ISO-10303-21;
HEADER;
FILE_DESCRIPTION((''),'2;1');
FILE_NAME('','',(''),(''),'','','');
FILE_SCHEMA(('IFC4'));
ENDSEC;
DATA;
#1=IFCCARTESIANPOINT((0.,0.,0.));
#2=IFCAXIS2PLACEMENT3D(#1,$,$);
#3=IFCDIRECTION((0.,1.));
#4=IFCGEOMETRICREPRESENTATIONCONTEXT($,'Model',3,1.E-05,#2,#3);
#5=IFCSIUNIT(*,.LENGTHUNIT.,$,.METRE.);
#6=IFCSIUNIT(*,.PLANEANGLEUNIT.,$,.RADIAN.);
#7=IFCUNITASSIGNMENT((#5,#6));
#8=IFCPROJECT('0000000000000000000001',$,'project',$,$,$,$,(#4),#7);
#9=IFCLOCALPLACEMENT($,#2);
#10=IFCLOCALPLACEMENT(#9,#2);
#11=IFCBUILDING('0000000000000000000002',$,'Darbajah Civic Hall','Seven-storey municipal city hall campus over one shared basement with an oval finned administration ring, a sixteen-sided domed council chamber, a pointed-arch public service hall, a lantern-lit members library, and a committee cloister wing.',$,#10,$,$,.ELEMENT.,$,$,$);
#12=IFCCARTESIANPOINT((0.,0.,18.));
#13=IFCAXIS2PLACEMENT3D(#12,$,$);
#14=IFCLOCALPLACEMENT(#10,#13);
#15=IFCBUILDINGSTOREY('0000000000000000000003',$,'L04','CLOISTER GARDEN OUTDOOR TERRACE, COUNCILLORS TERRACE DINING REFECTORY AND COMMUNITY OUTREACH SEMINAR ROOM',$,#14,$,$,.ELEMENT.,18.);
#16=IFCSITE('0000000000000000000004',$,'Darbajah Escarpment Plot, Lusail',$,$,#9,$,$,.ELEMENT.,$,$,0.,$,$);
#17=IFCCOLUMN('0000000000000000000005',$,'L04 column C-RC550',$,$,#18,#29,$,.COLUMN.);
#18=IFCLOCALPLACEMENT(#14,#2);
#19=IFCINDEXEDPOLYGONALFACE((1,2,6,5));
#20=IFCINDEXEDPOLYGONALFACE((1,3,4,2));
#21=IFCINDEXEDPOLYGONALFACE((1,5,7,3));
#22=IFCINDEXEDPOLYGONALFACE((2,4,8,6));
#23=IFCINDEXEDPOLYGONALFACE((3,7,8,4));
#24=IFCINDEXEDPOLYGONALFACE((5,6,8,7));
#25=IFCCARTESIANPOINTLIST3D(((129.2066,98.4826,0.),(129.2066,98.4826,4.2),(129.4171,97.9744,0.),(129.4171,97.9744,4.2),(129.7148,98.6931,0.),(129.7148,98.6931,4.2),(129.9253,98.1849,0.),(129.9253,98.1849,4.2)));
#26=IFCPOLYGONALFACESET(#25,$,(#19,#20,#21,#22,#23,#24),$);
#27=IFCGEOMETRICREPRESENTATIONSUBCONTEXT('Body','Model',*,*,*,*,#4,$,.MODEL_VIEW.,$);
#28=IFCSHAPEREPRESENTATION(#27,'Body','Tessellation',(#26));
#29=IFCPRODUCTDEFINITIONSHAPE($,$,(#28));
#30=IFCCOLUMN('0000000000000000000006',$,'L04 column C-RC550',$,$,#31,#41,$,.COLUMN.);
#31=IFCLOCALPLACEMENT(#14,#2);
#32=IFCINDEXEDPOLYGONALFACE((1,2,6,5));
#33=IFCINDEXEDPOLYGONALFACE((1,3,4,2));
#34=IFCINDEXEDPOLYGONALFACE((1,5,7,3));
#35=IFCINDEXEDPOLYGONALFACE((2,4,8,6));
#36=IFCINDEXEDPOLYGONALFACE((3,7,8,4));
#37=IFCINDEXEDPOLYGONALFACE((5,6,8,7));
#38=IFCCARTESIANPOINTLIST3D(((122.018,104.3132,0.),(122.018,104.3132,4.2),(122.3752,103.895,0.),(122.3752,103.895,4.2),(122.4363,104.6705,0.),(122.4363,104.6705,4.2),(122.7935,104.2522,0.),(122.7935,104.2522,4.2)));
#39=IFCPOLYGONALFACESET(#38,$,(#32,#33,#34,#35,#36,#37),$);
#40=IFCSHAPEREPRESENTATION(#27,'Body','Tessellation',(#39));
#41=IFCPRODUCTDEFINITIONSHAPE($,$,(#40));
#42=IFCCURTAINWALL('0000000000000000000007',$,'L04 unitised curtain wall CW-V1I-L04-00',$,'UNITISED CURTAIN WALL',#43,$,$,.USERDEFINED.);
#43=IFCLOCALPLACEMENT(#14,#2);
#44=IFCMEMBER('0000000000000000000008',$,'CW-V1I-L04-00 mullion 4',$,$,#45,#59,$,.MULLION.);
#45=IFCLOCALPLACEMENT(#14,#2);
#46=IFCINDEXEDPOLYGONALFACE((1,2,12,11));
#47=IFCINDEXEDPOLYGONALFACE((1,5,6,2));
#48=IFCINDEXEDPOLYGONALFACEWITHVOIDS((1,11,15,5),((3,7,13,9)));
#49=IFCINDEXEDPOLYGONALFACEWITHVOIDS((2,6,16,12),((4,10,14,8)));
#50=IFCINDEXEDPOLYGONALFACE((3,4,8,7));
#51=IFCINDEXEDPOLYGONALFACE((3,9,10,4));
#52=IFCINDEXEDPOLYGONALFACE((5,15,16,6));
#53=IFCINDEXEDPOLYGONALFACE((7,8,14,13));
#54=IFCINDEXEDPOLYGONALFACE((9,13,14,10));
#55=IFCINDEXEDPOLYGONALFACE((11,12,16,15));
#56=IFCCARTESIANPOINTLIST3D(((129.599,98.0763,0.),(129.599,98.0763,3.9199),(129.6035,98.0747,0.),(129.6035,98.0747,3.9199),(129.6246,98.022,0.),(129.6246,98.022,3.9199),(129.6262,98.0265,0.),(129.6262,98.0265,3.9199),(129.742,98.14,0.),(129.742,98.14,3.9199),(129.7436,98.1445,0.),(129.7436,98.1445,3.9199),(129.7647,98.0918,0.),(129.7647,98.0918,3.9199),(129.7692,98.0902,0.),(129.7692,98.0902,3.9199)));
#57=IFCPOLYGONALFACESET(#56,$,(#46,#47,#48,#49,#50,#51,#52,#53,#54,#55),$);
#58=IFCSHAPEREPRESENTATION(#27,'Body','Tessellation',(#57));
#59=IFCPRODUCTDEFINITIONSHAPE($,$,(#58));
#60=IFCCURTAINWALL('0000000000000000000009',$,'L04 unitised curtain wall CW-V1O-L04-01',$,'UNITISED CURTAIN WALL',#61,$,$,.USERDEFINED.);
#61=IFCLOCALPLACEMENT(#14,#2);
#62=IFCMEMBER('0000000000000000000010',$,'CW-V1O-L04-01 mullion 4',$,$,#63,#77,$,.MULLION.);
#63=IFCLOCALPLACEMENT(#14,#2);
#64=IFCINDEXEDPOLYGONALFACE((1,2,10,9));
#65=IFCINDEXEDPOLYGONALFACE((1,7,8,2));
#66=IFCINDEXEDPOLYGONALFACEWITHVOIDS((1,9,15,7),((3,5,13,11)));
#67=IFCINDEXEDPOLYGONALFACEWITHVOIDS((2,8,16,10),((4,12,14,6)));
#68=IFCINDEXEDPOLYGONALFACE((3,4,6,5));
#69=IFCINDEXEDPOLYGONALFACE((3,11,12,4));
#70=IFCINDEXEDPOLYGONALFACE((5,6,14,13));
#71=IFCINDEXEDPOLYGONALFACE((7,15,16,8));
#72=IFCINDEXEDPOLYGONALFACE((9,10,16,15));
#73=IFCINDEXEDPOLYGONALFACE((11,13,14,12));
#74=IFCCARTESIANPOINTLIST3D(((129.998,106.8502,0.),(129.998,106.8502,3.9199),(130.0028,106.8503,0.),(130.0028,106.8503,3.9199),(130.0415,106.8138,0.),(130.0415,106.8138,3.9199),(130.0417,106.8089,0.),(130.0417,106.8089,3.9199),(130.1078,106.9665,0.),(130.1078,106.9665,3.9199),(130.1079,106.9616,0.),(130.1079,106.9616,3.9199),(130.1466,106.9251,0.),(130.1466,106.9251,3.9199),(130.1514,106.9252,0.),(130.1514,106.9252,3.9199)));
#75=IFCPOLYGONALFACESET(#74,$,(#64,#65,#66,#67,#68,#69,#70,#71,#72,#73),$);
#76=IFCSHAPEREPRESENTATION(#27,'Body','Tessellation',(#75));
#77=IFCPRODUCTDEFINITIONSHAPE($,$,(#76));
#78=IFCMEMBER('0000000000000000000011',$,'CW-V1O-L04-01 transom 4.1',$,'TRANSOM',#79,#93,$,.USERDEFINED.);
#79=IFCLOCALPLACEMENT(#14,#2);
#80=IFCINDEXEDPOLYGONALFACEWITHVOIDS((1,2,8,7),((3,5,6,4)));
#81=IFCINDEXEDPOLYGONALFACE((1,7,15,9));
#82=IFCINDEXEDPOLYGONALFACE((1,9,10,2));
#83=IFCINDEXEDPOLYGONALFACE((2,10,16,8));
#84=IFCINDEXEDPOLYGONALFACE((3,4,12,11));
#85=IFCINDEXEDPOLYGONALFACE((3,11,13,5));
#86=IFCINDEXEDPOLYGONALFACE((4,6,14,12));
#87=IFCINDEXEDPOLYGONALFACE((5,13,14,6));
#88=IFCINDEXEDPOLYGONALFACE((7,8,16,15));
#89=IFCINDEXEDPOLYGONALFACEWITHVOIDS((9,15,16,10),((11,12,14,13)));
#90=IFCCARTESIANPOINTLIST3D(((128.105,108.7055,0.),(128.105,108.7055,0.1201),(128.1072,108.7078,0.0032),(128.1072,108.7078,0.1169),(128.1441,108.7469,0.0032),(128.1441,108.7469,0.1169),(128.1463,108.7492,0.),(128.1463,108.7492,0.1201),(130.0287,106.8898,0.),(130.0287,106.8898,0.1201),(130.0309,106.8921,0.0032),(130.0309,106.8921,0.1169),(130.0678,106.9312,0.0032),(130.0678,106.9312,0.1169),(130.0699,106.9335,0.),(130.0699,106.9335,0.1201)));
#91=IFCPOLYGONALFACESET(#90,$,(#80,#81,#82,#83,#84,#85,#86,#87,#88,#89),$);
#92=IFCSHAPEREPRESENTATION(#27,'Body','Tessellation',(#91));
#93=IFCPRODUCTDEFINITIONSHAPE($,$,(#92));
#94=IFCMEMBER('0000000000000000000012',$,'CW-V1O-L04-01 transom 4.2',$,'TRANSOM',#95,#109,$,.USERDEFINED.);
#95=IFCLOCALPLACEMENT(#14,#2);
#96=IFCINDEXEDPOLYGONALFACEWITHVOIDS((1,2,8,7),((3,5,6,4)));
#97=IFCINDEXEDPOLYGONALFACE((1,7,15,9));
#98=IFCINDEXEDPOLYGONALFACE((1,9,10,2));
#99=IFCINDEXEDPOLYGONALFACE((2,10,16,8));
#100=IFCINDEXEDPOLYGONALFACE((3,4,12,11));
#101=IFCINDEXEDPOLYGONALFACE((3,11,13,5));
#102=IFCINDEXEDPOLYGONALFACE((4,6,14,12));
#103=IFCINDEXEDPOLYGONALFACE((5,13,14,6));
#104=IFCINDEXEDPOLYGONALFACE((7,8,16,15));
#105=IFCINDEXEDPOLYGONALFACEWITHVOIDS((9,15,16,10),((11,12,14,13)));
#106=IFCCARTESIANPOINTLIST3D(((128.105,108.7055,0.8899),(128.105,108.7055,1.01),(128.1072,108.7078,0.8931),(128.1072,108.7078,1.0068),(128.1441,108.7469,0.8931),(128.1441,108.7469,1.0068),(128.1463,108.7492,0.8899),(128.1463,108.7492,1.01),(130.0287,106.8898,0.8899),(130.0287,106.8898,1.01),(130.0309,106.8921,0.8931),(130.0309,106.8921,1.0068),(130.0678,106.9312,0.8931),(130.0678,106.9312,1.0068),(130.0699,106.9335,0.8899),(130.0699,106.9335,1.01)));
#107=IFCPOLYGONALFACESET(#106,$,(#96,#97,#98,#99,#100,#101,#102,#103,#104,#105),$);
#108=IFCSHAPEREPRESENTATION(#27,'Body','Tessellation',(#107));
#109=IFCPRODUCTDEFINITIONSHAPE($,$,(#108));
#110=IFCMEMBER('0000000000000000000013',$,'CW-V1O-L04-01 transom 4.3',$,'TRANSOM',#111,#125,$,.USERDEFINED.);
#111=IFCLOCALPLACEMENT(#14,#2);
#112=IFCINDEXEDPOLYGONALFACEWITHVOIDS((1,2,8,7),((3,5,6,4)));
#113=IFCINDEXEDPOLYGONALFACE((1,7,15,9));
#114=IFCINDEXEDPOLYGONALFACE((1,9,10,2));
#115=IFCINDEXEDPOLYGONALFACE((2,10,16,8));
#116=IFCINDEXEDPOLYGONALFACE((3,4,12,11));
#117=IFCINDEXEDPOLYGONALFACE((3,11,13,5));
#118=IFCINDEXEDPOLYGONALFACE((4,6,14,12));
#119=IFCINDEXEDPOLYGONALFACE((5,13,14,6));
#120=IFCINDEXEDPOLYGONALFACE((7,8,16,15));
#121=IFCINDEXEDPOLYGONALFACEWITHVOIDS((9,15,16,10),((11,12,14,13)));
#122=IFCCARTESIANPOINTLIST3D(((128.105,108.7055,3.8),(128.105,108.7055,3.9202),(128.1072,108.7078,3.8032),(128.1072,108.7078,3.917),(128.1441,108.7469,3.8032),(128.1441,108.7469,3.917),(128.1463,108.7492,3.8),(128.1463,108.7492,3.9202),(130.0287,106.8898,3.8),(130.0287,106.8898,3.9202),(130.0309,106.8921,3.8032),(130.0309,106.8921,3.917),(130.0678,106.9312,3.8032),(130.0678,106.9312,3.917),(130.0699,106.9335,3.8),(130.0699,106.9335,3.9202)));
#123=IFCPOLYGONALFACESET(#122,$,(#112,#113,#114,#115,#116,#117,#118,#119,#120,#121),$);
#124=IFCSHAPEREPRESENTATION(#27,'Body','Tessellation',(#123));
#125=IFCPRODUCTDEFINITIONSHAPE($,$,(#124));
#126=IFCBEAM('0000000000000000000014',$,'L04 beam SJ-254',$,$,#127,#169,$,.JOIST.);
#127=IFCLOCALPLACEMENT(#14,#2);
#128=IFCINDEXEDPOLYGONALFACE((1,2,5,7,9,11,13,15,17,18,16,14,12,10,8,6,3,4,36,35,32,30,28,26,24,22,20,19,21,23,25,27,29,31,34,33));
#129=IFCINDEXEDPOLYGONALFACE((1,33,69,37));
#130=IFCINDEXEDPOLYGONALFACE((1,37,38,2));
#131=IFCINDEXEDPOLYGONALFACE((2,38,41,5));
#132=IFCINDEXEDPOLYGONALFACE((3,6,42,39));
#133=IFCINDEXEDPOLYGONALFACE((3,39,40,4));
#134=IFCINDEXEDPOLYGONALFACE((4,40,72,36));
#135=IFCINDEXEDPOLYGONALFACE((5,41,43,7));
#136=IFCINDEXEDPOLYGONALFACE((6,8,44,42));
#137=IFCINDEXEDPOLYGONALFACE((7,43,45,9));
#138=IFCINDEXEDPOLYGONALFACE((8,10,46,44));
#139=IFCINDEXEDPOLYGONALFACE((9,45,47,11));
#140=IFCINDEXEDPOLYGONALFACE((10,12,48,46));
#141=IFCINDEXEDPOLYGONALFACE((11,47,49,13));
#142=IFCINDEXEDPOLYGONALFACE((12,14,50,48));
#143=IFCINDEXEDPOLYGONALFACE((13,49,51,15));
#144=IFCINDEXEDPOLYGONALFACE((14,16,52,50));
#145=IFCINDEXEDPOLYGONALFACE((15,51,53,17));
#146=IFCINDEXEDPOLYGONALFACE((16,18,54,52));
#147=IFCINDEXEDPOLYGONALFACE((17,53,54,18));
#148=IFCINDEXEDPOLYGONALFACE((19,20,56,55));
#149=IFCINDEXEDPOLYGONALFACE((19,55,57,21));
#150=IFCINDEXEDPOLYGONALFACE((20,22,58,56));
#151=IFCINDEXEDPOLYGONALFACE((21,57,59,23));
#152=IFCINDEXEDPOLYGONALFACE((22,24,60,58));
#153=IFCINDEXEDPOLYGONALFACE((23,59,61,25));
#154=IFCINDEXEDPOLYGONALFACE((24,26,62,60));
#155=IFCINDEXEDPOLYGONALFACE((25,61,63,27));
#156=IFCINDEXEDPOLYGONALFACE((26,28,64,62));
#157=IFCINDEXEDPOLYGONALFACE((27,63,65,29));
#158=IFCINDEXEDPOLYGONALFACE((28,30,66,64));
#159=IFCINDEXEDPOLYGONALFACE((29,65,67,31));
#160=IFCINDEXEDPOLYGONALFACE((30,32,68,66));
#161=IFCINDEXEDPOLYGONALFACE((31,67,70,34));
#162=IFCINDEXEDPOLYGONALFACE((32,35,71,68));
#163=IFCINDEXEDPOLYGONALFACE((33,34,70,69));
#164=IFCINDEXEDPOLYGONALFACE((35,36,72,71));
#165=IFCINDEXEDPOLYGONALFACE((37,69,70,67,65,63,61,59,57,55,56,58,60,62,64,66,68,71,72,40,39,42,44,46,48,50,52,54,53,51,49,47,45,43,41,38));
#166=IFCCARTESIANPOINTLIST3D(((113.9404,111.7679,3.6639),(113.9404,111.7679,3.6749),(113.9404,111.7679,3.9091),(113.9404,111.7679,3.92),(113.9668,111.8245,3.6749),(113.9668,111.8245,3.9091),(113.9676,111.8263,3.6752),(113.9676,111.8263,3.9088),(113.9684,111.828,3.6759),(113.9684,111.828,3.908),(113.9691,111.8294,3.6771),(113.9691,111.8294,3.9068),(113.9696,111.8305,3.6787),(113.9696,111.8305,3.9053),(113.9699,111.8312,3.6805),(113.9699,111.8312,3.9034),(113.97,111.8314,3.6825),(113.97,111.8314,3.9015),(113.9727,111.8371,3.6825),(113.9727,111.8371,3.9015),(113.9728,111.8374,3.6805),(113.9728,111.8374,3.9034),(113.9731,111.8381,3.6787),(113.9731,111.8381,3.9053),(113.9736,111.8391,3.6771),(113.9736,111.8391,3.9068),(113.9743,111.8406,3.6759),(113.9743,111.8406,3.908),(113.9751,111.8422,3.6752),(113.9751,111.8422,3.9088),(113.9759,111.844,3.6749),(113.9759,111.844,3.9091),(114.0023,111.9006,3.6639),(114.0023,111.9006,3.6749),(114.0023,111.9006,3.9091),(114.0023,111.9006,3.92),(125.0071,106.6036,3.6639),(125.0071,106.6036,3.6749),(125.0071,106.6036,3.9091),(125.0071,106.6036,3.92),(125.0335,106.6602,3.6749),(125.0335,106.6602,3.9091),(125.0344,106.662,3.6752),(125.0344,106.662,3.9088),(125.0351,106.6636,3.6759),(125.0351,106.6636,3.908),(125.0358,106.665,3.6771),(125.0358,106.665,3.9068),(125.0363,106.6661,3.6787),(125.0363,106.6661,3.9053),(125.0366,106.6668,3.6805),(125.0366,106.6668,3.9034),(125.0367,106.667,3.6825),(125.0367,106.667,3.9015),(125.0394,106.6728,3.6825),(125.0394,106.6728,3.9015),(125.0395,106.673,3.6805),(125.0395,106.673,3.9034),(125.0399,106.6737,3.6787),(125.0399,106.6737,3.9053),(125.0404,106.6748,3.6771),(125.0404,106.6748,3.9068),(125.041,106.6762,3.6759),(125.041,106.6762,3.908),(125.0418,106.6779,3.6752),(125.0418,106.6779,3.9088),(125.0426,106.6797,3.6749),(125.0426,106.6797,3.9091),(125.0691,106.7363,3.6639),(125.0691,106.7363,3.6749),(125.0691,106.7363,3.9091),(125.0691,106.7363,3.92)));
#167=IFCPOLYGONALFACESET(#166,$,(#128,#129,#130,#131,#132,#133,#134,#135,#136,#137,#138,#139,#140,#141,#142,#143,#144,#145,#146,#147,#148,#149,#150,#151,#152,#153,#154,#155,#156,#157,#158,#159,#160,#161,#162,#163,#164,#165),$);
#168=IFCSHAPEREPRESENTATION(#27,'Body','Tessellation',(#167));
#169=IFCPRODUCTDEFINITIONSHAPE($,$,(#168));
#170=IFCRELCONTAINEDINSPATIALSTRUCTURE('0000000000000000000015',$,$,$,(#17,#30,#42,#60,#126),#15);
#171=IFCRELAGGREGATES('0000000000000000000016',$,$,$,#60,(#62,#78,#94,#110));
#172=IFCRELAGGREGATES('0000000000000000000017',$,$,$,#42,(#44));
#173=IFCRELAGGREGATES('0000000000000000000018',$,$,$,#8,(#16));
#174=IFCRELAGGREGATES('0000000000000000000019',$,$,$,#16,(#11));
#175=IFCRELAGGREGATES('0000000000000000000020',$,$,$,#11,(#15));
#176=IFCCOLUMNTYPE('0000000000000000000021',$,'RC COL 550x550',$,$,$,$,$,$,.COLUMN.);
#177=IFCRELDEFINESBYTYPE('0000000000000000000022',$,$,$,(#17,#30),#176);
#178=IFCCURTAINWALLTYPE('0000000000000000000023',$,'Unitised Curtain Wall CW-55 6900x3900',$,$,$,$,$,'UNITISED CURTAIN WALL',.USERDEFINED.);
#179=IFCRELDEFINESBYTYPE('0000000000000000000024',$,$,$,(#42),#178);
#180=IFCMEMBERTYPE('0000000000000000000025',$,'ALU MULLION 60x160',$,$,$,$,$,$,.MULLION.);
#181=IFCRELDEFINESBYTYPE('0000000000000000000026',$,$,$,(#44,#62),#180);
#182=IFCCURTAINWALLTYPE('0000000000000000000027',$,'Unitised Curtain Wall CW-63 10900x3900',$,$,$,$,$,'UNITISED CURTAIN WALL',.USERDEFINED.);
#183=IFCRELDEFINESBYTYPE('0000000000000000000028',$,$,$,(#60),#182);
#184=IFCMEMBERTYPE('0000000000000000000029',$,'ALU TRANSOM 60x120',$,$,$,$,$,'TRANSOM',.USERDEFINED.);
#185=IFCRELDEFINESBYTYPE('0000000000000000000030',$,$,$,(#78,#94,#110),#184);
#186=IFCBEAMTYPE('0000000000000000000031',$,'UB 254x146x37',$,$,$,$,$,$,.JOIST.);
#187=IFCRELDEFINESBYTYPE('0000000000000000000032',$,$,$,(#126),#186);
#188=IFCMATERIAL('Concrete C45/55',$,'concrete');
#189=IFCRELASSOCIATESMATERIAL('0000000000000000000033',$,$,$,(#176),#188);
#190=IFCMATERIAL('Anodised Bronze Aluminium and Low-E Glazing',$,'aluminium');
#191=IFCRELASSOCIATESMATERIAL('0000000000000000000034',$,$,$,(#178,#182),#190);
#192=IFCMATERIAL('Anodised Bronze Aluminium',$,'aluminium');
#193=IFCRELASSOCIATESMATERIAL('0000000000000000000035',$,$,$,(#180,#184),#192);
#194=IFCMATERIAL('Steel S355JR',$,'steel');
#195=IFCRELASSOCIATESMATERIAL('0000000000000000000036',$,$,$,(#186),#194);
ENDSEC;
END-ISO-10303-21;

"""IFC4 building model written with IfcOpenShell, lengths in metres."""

from ifc_helpers import new_model, si_unit, direction, frame, origin, origin_2d, place, context, subcontext, project, spatial, rectangle, hollow_rectangle, i_section, extrude, material, material_profile, profile_set, type_object, element, aggregate, save


model = new_model("IFC4")

# Units and contexts
model_context = context("Model", 3, precision=1e-05, world=origin(), true_north=direction((0.0, 1.0)))
body_context = subcontext(model_context, "Body", "Model", "MODEL_VIEW")
ifc_project = project(units=[si_unit("LENGTHUNIT", "METRE"), si_unit("PLANEANGLEUNIT", "RADIAN")], contexts=[model_context])

# Site, building, storey
site_placement = place(None, origin())
site = spatial("IfcSite", under=ifc_project, at=site_placement, Name="Darbajah Escarpment Plot, Lusail", CompositionType="ELEMENT", RefElevation=0.0)
building_placement = place(site_placement, origin())
building = spatial("IfcBuilding", under=site, at=building_placement, Name="Darbajah Civic Hall", Description="Seven-storey municipal city hall campus over one shared basement with an oval finned administration ring, a sixteen-sided domed council chamber, a pointed-arch public service hall, a lantern-lit members library, and a committee cloister wing.", CompositionType="ELEMENT")
storey_placement = place(building_placement, frame((0.0, 0.0, 18.0)))
storey = spatial("IfcBuildingStorey", under=building, at=storey_placement, Name="L04", Description="CLOISTER GARDEN OUTDOOR TERRACE, COUNCILLORS TERRACE DINING REFECTORY AND COMMUNITY OUTREACH SEMINAR ROOM", CompositionType="ELEMENT", Elevation=18.0)

# Columns
ifc_material_1 = material(Name="Concrete C45/55", Category="concrete")
ifc_material_profile_1 = material_profile(ifc_material_1, rectangle(XDim=0.55, YDim=0.55, at=origin_2d()), Name="RC COL 550x550")
ifc_profile_set_1 = profile_set([ifc_material_profile_1], Name="Concrete C45/55")
column_type = type_object("IfcColumnType", Name="RC COL 550x550", PredefinedType="COLUMN", material=ifc_profile_set_1)
for number, where, z_axis, x_axis, name in (
    (1, (129.5659, 98.3337, 0.0), (0.0, 0.0, 1.0), (0.92388, 0.382683, 0.0), "L04 column C-RC550"),
    (2, (122.4058, 104.2827, 0.0), (0.0, 0.0, 1.0), (0.760406, 0.649448, 0.0), "L04 column C-RC550"),
):
    element("IfcColumn", number, at=place(storey_placement, frame(where, z_axis=z_axis, x_axis=x_axis)), inside=storey, type_object=column_type, Name=name, PredefinedType="COLUMN", context=body_context, shape_type="SweptSolid", body=[
        extrude(rectangle(XDim=0.55, YDim=0.55, at=origin_2d()), origin(), (0.0, 0.0, 1.0), 4.2),
    ])

# Curtain wall, member
ifc_material_2 = material(Name="Anodised Bronze Aluminium and Low-E Glazing", Category="aluminium")
curtain_wall_type_1 = type_object("IfcCurtainWallType", Name="Unitised Curtain Wall CW-55 6900x3900", ElementType="UNITISED CURTAIN WALL", PredefinedType="USERDEFINED", material=ifc_material_2)
curtain_wall_1_placement = place(storey_placement, origin())
curtain_wall_1 = element("IfcCurtainWall", 3, at=curtain_wall_1_placement, inside=storey, type_object=curtain_wall_type_1, Name="L04 unitised curtain wall CW-V1I-L04-00", ObjectType="UNITISED CURTAIN WALL", PredefinedType="USERDEFINED")
ifc_material_3 = material(Name="Anodised Bronze Aluminium", Category="aluminium")
ifc_material_profile_2 = material_profile(ifc_material_3, hollow_rectangle(XDim=0.0601, YDim=0.1599, WallThickness=0.0034, at=origin_2d()), Name="ALU MULLION 60x160")
ifc_profile_set_2 = profile_set([ifc_material_profile_2], Name="Anodised Bronze Aluminium")
member_type_1 = type_object("IfcMemberType", Name="ALU MULLION 60x160", PredefinedType="MULLION", material=ifc_profile_set_2)
member_1_placement = place(storey_placement, frame((129.6841, 98.0833, 0.0), z_axis=(0.0, 0.0, 1.0), x_axis=(-0.426569, 0.904455, 0.0)))
member_1 = element("IfcMember", 4, at=member_1_placement, type_object=member_type_1, Name="CW-V1I-L04-00 mullion 4", PredefinedType="MULLION", context=body_context, shape_type="SweptSolid", body=[
    extrude(hollow_rectangle(XDim=0.0601, YDim=0.1599, WallThickness=0.0034, at=origin_2d()), origin(), (0.0, 0.0, 1.0), 3.9199),
])

# Curtain wall, members
curtain_wall_type_2 = type_object("IfcCurtainWallType", Name="Unitised Curtain Wall CW-63 10900x3900", ElementType="UNITISED CURTAIN WALL", PredefinedType="USERDEFINED", material=ifc_material_2)
curtain_wall_2_placement = place(storey_placement, origin())
curtain_wall_2 = element("IfcCurtainWall", 5, at=curtain_wall_2_placement, inside=storey, type_object=curtain_wall_type_2, Name="L04 unitised curtain wall CW-V1O-L04-01", ObjectType="UNITISED CURTAIN WALL", PredefinedType="USERDEFINED")
member_2_placement = place(storey_placement, frame((130.0747, 106.8877, 0.0), z_axis=(0.0, 0.0, 1.0), x_axis=(-0.727174, 0.686453, 0.0)))
member_2 = element("IfcMember", 6, at=member_2_placement, type_object=member_type_1, Name="CW-V1O-L04-01 mullion 4", PredefinedType="MULLION", context=body_context, shape_type="SweptSolid", body=[
    extrude(hollow_rectangle(XDim=0.0601, YDim=0.1599, WallThickness=0.0034, at=origin_2d()), origin(), (0.0, 0.0, 1.0), 3.9199),
])
ifc_material_profile_3 = material_profile(ifc_material_3, hollow_rectangle(XDim=0.0601, YDim=0.1201, WallThickness=0.0032, at=origin_2d()), Name="ALU TRANSOM 60x120")
ifc_profile_set_3 = profile_set([ifc_material_profile_3], Name="Anodised Bronze Aluminium")
member_type_2 = type_object("IfcMemberType", Name="ALU TRANSOM 60x120", ElementType="TRANSOM", PredefinedType="USERDEFINED", material=ifc_profile_set_3)
member_3_placement = place(storey_placement, frame((130.0493, 106.9116, 0.0601), z_axis=(-0.72721, 0.686415, 0.0), x_axis=(-0.686415, -0.72721, 0.0)))
member_3 = element("IfcMember", 7, at=member_3_placement, type_object=member_type_2, Name="CW-V1O-L04-01 transom 4.1", ObjectType="TRANSOM", PredefinedType="USERDEFINED", context=body_context, shape_type="SweptSolid", body=[
    extrude(hollow_rectangle(XDim=0.0601, YDim=0.1201, WallThickness=0.0032, at=origin_2d()), origin(), (0.0, 0.0, 1.0), 2.6453),
])
member_4_placement = place(storey_placement, frame((130.0493, 106.9116, 0.95), z_axis=(-0.72721, 0.686415, 0.0), x_axis=(-0.686415, -0.72721, 0.0)))
member_4 = element("IfcMember", 8, at=member_4_placement, type_object=member_type_2, Name="CW-V1O-L04-01 transom 4.2", ObjectType="TRANSOM", PredefinedType="USERDEFINED", context=body_context, shape_type="SweptSolid", body=[
    extrude(hollow_rectangle(XDim=0.0601, YDim=0.1201, WallThickness=0.0032, at=origin_2d()), origin(), (0.0, 0.0, 1.0), 2.6453),
])
member_5_placement = place(storey_placement, frame((130.0493, 106.9116, 3.8601), z_axis=(-0.72721, 0.686415, 0.0), x_axis=(-0.686415, -0.72721, 0.0)))
member_5 = element("IfcMember", 9, at=member_5_placement, type_object=member_type_2, Name="CW-V1O-L04-01 transom 4.3", ObjectType="TRANSOM", PredefinedType="USERDEFINED", context=body_context, shape_type="SweptSolid", body=[
    extrude(hollow_rectangle(XDim=0.0601, YDim=0.1201, WallThickness=0.0032, at=origin_2d()), origin(), (0.0, 0.0, 1.0), 2.6453),
])
aggregate(curtain_wall_2, [member_2, member_3, member_4, member_5])

# Beam
ifc_material_4 = material(Name="Steel S355JR", Category="steel")
ifc_material_profile_4 = material_profile(ifc_material_4, i_section(OverallWidth=0.1465, OverallDepth=0.2561, WebThickness=0.0063, FlangeThickness=0.011, FilletRadius=0.0076, at=origin_2d()), Name="UB 254x146x37")
ifc_profile_set_4 = profile_set([ifc_material_profile_4], Name="Steel S355JR")
beam_type_1 = type_object("IfcBeamType", Name="UB 254x146x37", PredefinedType="JOIST", material=ifc_profile_set_4)
beam_1_placement = place(storey_placement, frame((125.0381, 106.6699, 3.792), z_axis=(-0.906187, 0.422877, 0.0), x_axis=(-0.422877, -0.906187, 0.0)))
element("IfcBeam", 10, at=beam_1_placement, inside=storey, type_object=beam_type_1, Name="L04 beam SJ-254", PredefinedType="JOIST", context=body_context, shape_type="SweptSolid", body=[
    extrude(i_section(OverallWidth=0.1465, OverallDepth=0.2561, WebThickness=0.0063, FlangeThickness=0.011, FilletRadius=0.0076, at=origin_2d()), origin(), (0.0, 0.0, 1.0), 12.2124),
])

aggregate(curtain_wall_1, [member_1])

save(model, "model.ifc")
